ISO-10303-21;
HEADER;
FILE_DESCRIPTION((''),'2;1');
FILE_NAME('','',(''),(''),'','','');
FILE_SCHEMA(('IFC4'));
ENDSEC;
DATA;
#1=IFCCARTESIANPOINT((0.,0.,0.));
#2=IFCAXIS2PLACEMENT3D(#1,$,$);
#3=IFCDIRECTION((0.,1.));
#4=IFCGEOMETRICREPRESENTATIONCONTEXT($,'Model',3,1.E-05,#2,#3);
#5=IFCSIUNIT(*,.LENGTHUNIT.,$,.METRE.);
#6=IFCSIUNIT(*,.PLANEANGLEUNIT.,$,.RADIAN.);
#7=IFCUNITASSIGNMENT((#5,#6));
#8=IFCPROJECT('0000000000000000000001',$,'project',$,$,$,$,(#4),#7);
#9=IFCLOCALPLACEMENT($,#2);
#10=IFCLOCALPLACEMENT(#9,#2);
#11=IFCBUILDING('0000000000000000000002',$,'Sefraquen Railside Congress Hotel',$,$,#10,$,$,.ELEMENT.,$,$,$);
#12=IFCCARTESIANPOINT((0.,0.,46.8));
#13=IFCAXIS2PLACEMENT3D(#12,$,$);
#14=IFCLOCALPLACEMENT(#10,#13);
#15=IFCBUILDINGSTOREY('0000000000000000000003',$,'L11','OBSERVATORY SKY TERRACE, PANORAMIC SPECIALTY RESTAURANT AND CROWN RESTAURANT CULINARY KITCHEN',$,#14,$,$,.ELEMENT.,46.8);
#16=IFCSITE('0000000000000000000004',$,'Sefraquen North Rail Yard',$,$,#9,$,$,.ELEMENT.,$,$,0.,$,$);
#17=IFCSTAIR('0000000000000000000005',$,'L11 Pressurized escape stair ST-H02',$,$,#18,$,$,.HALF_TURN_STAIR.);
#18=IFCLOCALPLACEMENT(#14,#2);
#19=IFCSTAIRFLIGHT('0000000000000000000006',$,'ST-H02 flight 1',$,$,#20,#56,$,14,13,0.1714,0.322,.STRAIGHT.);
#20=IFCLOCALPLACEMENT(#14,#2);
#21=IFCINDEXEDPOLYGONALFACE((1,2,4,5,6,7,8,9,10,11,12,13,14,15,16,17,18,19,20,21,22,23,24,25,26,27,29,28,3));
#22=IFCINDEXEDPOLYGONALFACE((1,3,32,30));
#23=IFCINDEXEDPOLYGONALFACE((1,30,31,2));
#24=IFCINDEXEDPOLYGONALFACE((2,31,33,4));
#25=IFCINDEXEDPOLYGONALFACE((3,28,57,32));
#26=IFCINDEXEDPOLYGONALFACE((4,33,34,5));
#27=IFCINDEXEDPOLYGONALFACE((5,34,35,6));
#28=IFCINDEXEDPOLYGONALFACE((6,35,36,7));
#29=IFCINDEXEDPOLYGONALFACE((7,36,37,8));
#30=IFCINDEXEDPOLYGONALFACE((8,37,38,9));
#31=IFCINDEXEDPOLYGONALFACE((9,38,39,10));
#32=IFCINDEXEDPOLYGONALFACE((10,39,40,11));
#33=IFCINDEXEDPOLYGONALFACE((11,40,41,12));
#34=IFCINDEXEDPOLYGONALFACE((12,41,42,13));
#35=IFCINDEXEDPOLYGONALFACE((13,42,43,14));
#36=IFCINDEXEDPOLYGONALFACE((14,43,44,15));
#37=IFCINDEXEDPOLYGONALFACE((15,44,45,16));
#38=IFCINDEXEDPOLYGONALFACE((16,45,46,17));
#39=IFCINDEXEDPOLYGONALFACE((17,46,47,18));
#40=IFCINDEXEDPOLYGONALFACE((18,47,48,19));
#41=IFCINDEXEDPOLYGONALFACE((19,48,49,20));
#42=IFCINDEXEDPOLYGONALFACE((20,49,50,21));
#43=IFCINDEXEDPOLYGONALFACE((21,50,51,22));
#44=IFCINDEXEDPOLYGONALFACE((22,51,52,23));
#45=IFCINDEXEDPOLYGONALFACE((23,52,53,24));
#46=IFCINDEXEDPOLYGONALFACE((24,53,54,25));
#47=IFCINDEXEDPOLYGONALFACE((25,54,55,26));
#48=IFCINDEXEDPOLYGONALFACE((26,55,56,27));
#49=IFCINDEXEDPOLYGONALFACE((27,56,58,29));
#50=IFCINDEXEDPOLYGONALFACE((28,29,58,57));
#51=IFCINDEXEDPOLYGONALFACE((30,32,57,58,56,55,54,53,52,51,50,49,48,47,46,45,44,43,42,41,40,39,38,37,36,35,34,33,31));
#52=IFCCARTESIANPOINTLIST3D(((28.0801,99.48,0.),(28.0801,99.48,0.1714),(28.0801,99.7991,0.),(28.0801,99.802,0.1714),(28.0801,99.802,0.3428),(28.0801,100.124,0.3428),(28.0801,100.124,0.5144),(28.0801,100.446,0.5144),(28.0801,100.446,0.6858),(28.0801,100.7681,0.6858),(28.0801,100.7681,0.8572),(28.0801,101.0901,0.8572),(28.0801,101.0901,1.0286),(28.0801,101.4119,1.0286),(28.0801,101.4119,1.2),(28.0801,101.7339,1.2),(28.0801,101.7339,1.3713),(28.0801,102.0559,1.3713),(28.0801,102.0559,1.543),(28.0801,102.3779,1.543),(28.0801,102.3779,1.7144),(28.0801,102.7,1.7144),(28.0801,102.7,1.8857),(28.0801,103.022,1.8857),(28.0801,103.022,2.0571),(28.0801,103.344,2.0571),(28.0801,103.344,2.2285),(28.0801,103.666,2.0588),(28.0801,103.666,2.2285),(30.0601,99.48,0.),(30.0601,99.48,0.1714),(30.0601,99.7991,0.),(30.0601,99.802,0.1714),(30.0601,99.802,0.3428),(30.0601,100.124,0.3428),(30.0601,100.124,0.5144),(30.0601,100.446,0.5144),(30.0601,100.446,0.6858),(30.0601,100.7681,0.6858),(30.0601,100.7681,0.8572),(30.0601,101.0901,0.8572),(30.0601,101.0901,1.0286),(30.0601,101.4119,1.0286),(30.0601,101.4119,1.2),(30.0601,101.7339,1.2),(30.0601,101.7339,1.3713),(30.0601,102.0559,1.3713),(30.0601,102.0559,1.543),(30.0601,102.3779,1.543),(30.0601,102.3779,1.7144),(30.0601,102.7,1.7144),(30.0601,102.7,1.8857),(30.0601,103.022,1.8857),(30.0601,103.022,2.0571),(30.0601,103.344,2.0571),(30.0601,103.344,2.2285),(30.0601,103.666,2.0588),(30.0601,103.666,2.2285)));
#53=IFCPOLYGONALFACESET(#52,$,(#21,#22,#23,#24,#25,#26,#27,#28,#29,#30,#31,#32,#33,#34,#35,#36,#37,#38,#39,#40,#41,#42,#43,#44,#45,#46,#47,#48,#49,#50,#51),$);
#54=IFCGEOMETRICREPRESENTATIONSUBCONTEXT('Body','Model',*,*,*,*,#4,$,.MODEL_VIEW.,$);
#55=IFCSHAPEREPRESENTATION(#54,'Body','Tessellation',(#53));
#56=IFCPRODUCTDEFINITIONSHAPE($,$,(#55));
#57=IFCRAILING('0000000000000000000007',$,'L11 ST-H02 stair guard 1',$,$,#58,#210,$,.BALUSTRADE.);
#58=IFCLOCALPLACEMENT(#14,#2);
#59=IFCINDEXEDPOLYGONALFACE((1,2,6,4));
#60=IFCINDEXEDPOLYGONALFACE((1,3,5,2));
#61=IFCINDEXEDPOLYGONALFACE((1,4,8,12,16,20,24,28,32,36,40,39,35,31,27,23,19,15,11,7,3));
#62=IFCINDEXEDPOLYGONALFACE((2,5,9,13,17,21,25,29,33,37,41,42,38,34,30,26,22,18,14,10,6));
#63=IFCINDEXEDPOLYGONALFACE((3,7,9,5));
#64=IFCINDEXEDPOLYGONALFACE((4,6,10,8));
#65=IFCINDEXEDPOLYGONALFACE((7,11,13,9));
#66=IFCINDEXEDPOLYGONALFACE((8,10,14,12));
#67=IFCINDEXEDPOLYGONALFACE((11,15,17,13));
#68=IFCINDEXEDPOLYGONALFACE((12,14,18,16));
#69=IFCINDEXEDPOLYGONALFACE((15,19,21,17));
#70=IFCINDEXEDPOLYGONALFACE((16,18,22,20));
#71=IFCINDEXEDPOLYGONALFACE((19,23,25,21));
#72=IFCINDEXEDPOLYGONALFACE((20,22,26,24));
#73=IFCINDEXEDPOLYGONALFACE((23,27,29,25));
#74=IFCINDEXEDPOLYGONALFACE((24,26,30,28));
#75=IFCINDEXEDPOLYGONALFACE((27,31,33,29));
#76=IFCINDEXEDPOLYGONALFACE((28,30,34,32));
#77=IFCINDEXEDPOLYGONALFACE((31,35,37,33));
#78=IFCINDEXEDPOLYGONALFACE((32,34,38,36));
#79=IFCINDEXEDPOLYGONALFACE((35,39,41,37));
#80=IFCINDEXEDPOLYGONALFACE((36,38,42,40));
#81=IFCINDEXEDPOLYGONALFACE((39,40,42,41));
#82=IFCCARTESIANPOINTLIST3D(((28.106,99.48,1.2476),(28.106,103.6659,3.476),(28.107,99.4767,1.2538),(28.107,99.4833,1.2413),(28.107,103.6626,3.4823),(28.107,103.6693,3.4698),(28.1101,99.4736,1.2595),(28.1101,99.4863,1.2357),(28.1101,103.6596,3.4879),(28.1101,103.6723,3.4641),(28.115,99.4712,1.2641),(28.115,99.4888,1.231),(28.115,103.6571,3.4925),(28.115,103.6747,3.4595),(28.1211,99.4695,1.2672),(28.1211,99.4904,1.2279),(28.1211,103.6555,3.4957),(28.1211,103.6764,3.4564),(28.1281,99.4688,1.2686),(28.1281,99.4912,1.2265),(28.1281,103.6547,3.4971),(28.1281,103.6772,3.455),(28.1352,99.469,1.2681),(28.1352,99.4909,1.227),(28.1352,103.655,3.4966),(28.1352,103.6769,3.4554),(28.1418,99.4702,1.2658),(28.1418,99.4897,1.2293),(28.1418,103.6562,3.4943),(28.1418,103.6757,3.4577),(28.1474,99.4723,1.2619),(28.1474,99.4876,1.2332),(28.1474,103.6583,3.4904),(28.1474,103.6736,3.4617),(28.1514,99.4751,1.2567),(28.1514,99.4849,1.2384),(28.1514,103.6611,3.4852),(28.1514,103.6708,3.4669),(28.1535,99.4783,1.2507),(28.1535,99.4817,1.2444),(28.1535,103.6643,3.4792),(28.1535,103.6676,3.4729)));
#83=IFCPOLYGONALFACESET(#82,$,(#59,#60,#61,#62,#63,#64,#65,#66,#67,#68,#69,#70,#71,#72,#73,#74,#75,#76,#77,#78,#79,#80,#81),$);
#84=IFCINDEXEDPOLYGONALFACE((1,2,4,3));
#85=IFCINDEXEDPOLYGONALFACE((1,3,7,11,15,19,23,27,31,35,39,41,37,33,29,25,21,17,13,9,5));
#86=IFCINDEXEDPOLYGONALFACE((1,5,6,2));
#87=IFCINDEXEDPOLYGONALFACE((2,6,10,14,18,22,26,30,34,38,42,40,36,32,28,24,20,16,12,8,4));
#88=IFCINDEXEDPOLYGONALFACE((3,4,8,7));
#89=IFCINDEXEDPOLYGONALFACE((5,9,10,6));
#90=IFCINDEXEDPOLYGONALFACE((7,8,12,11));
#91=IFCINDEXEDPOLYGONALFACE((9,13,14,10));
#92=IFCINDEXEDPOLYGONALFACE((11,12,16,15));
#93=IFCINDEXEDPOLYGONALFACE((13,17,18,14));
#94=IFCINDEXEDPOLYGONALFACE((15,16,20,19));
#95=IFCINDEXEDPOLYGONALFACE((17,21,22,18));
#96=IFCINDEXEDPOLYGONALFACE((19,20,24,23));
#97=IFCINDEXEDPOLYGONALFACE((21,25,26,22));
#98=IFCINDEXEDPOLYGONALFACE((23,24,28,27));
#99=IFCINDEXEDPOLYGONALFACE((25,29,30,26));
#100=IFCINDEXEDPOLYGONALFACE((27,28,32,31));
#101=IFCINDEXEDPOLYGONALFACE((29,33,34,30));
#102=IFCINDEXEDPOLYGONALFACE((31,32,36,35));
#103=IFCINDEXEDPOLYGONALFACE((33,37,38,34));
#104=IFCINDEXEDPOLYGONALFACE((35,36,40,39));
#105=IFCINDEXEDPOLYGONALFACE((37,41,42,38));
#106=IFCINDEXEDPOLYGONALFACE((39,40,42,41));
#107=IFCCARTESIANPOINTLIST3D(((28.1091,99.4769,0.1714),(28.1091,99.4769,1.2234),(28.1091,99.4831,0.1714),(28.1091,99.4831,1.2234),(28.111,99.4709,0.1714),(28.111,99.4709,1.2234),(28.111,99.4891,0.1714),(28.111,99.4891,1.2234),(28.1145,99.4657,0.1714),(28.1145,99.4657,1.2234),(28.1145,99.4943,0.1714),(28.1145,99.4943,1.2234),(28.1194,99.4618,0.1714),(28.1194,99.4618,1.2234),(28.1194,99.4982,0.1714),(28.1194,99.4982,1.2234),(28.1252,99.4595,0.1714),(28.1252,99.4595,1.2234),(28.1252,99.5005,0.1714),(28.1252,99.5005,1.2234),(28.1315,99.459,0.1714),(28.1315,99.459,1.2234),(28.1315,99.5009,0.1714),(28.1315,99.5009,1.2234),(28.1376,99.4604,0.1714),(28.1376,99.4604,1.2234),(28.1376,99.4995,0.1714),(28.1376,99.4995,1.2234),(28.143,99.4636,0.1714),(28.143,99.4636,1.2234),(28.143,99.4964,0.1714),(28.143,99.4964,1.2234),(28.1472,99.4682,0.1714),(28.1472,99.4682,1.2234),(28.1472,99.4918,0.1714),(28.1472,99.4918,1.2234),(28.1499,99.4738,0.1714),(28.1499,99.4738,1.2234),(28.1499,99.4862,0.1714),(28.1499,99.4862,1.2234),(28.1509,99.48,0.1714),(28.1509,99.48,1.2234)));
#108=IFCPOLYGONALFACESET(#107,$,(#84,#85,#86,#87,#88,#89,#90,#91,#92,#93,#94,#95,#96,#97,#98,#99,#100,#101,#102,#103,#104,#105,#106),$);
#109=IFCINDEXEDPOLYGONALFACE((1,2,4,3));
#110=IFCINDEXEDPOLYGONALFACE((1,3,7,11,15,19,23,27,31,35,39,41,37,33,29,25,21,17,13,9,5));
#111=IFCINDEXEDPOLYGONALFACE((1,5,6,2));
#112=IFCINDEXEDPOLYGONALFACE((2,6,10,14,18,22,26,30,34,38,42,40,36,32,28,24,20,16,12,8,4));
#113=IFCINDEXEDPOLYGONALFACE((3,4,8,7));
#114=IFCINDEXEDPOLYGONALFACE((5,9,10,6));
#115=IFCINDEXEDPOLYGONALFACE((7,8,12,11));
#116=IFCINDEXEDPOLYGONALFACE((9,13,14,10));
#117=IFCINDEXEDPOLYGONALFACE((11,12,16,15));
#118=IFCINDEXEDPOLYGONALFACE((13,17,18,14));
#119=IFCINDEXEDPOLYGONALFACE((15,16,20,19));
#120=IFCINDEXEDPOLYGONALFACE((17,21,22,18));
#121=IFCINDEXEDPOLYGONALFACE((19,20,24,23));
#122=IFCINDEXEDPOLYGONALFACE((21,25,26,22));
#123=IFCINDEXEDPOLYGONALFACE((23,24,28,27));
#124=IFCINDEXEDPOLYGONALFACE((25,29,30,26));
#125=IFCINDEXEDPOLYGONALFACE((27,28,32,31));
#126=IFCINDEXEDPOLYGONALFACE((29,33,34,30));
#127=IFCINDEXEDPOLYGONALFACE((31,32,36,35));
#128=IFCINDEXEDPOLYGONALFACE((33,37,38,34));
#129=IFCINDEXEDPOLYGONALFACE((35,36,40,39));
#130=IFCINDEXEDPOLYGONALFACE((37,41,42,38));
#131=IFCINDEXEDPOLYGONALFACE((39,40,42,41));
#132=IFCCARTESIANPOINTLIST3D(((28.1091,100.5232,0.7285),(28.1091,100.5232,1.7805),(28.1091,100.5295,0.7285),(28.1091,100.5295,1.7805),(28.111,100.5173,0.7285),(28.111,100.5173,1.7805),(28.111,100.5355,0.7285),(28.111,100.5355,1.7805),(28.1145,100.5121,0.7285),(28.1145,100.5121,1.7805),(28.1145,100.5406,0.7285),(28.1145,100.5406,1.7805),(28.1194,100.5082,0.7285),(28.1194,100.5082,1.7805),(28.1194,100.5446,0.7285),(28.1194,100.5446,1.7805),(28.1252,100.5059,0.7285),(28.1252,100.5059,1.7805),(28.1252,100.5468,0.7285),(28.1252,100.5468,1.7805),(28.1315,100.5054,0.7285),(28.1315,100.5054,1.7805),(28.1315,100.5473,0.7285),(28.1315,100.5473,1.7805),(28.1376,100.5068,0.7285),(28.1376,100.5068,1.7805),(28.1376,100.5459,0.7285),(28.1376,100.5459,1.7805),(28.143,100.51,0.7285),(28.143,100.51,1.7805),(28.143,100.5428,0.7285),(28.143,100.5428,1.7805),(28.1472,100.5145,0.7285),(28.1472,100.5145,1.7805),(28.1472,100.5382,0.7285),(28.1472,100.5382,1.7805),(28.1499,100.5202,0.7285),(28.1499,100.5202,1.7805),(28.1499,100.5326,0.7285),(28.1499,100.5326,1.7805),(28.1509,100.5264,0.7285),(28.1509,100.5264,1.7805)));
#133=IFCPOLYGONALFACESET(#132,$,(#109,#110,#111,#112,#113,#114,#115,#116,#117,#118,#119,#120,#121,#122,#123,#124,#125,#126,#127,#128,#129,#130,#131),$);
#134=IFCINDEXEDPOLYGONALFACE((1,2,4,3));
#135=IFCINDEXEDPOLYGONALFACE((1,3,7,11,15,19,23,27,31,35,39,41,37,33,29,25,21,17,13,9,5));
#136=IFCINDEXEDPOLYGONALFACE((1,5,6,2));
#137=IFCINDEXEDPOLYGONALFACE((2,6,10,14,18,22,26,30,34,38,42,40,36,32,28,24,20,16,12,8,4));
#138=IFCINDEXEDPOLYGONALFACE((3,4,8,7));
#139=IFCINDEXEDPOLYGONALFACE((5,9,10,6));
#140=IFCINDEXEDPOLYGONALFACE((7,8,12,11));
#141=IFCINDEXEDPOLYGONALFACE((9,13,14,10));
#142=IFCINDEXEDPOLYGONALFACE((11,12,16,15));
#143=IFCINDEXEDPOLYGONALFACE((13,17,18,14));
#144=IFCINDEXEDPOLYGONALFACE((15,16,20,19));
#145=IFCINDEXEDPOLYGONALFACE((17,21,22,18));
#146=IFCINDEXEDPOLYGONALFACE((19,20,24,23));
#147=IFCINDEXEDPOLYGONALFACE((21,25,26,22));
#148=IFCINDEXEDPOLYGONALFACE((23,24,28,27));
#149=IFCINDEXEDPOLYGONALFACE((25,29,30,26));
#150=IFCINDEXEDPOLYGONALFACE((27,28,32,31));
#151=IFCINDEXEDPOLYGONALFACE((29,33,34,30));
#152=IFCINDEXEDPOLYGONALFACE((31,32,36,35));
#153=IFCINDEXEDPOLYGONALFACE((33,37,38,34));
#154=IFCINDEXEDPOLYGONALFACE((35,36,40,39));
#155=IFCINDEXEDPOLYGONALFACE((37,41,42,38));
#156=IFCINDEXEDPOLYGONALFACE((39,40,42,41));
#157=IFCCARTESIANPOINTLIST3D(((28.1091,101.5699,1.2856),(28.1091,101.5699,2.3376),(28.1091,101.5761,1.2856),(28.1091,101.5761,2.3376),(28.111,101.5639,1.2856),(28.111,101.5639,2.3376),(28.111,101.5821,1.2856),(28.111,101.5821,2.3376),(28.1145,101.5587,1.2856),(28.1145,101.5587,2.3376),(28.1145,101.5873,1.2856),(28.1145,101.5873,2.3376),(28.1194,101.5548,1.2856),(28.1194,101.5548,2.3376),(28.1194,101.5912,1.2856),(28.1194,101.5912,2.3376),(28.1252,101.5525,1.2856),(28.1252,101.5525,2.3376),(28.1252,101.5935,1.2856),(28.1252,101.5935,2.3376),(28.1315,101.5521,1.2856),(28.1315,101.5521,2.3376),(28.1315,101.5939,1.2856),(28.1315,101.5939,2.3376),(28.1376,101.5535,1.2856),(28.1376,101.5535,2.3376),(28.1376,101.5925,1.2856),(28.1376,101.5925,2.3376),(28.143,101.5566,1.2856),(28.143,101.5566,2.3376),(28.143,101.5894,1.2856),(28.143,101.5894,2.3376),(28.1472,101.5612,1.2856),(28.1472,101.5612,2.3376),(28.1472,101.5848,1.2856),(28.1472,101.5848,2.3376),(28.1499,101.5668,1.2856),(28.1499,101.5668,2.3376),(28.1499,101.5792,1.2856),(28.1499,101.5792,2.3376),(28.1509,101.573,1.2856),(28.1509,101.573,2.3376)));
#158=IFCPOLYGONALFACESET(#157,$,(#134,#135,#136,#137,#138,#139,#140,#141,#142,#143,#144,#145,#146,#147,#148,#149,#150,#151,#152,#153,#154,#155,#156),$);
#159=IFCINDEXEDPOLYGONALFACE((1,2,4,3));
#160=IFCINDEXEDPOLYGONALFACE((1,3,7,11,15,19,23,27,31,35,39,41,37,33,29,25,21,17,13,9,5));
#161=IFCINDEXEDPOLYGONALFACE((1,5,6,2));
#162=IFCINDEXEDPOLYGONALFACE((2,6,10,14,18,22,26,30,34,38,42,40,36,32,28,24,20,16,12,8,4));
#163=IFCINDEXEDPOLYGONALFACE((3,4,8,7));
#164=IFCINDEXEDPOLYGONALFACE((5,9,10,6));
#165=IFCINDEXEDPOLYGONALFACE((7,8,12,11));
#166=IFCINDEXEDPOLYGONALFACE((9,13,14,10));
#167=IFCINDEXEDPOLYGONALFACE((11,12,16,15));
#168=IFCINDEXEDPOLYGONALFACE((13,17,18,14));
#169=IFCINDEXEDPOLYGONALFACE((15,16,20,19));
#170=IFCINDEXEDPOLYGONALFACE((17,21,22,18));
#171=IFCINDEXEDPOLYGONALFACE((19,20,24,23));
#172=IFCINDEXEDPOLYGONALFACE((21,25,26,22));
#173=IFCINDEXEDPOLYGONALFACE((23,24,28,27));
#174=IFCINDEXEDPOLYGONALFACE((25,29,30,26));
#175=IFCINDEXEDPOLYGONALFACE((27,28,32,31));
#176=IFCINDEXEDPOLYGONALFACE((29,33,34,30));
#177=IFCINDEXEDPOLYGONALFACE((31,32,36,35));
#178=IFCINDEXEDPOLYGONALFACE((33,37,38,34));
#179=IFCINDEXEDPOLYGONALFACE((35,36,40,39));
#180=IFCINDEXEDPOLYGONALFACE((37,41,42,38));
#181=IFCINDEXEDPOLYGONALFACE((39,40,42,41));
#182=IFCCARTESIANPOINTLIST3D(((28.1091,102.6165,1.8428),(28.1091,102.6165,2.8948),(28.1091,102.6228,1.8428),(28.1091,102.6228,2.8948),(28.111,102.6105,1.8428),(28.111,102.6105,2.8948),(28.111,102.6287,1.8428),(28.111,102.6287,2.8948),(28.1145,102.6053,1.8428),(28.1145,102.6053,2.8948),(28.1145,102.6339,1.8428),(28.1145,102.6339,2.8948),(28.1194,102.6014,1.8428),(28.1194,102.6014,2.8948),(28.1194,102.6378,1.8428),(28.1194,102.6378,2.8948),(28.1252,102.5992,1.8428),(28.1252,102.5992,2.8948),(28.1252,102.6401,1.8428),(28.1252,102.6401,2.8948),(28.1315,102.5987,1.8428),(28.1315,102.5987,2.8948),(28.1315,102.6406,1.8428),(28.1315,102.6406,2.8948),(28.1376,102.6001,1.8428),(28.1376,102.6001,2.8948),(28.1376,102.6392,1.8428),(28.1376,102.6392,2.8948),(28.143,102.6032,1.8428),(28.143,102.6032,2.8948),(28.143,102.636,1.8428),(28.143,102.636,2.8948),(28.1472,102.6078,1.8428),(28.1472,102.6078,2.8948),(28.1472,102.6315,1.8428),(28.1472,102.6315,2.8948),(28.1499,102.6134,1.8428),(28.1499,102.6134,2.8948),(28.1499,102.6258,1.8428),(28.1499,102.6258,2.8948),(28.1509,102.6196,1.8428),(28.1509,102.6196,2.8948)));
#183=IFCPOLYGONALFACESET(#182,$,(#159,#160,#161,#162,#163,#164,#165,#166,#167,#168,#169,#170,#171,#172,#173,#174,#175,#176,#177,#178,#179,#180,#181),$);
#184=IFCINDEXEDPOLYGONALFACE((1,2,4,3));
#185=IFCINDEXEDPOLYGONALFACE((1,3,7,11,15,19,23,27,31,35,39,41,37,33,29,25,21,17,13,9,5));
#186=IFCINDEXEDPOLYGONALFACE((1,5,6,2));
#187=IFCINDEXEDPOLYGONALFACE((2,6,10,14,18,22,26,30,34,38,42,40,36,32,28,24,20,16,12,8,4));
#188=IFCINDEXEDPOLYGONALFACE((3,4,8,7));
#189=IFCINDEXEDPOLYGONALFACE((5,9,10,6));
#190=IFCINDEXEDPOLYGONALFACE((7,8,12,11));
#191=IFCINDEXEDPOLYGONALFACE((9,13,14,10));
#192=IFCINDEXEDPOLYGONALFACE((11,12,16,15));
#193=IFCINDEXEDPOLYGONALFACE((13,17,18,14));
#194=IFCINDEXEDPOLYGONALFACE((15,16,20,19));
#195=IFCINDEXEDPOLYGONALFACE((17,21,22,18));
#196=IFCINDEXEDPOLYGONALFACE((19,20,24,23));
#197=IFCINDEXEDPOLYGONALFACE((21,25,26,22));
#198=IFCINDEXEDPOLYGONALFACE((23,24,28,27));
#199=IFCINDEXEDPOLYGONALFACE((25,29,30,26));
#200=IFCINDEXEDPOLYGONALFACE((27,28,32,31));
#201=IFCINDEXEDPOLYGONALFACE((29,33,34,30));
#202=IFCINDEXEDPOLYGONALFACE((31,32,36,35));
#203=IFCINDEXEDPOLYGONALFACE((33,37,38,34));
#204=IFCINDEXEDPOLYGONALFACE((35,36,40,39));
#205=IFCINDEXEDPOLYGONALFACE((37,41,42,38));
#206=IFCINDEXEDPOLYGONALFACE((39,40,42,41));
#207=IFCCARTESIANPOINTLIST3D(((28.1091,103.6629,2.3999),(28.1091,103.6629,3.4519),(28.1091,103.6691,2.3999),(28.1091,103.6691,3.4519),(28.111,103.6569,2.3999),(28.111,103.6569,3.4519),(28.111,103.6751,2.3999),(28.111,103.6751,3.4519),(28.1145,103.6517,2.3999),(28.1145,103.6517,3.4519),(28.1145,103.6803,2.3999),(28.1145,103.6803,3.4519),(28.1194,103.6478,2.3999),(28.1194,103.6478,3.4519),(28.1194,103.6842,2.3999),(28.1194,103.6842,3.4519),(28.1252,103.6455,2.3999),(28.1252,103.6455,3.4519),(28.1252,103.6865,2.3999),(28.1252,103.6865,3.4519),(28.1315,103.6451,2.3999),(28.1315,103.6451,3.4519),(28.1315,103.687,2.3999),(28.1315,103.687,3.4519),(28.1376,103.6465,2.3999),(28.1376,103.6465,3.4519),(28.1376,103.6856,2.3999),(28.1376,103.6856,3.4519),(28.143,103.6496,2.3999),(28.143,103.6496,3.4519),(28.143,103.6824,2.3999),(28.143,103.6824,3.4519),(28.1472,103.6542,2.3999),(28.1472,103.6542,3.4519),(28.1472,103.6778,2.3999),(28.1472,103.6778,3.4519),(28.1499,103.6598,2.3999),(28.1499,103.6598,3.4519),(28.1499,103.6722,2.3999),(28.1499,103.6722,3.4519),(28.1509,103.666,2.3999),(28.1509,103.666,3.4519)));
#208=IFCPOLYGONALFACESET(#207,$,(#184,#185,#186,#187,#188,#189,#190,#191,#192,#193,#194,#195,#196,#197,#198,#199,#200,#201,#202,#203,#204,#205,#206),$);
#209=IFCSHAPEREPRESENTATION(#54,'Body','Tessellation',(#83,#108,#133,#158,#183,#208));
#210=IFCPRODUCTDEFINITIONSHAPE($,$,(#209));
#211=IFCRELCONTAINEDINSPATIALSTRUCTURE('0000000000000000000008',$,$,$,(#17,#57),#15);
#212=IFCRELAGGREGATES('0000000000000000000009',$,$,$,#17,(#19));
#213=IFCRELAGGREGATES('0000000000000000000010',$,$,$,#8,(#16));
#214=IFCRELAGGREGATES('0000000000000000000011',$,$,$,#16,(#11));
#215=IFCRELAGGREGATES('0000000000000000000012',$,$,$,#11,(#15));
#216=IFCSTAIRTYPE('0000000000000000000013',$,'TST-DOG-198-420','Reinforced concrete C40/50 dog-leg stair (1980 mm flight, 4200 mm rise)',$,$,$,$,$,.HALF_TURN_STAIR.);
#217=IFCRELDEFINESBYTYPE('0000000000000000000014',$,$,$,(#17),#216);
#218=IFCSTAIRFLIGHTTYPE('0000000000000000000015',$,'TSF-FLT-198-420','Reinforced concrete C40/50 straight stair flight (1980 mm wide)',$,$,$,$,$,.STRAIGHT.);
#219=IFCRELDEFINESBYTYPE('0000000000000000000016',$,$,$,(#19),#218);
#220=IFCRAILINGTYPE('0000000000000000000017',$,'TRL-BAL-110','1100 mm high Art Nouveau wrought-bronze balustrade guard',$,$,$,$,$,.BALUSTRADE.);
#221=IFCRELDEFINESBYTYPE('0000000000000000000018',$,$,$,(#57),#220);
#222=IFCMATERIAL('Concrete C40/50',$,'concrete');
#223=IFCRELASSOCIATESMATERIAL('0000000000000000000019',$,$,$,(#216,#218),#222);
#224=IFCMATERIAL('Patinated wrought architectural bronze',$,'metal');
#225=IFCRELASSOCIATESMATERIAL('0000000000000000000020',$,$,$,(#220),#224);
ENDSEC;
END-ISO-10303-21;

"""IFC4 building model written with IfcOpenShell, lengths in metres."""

from ifc_helpers import new_model, si_unit, direction, frame, origin, origin_2d, place, context, subcontext, project, spatial, polyline, circle, outline, extrude, material, type_object, element, aggregate, save


model = new_model("IFC4")

# Units and contexts
model_context = context("Model", 3, precision=1e-05, world=origin(), true_north=direction((0.0, 1.0)))
body_context = subcontext(model_context, "Body", "Model", "MODEL_VIEW")
ifc_project = project(units=[si_unit("LENGTHUNIT", "METRE"), si_unit("PLANEANGLEUNIT", "RADIAN")], contexts=[model_context])

# Site, building, storey
site_placement = place(None, origin())
site = spatial("IfcSite", under=ifc_project, at=site_placement, Name="Sefraquen North Rail Yard", CompositionType="ELEMENT", RefElevation=0.0)
building_placement = place(site_placement, origin())
building = spatial("IfcBuilding", under=site, at=building_placement, Name="Sefraquen Railside Congress Hotel", CompositionType="ELEMENT")
storey_placement = place(building_placement, frame((0.0, 0.0, 46.8)))
storey = spatial("IfcBuildingStorey", under=building, at=storey_placement, Name="L11", Description="OBSERVATORY SKY TERRACE, PANORAMIC SPECIALTY RESTAURANT AND CROWN RESTAURANT CULINARY KITCHEN", CompositionType="ELEMENT", Elevation=46.8)

# Shared definitions
ifc_material_1 = material(Name="Concrete C40/50", Category="concrete")

# Stair, stair flight
stair_type = type_object("IfcStairType", Name="TST-DOG-198-420", Description="Reinforced concrete C40/50 dog-leg stair (1980 mm flight, 4200 mm rise)", PredefinedType="HALF_TURN_STAIR", material=ifc_material_1)
stair_placement = place(storey_placement, origin())
stair = element("IfcStair", 1, at=stair_placement, inside=storey, type_object=stair_type, Name="L11 Pressurized escape stair ST-H02", PredefinedType="HALF_TURN_STAIR")
stair_flight_type = type_object("IfcStairFlightType", Name="TSF-FLT-198-420", Description="Reinforced concrete C40/50 straight stair flight (1980 mm wide)", PredefinedType="STRAIGHT", material=ifc_material_1)
stair_flight_placement = place(storey_placement, frame((29.0701, 99.48, 0.0), z_axis=(0.0, 0.0, 1.0), x_axis=(0.0, 1.0, 0.0)))
stair_flight = element("IfcStairFlight", 2, at=stair_flight_placement, type_object=stair_flight_type, Name="ST-H02 flight 1", NumberOfRisers=14, NumberOfTreads=13, PredefinedType="STRAIGHT", RiserHeight=0.1714, TreadLength=0.322, context=body_context, shape_type="SweptSolid", body=[
    extrude(outline(polyline([(0.0, 0.0), (0.0, 0.1714), (0.322, 0.1714), (0.322, 0.3428), (0.644, 0.3428), (0.644, 0.5144), (0.9661, 0.5144), (0.9661, 0.6858), (1.2881, 0.6858), (1.2881, 0.8572), (1.6101, 0.8572), (1.6101, 1.0286), (1.9319, 1.0286), (1.9319, 1.2), (2.2539, 1.2), (2.2539, 1.3713), (2.5759, 1.3713), (2.5759, 1.543), (2.8979, 1.543), (2.8979, 1.7144), (3.22, 1.7144), (3.22, 1.8857), (3.542, 1.8857), (3.542, 2.0571), (3.864, 2.0571), (3.864, 2.2285), (4.186, 2.2285), (4.186, 2.3999), (4.186, 2.0588), (0.3191, 0.0), (0.0, 0.0)])), frame((0.0, 0.99, 0.0), z_axis=(0.0, -1.0, 0.0), x_axis=(1.0, 0.0, 0.0)), (0.0, 0.0, 1.0), 1.98),
])
aggregate(stair, [stair_flight])

# Railing
ifc_material_2 = material(Name="Patinated wrought architectural bronze", Category="metal")
railing_type_1 = type_object("IfcRailingType", Name="TRL-BAL-110", Description="1100 mm high Art Nouveau wrought-bronze balustrade guard", PredefinedType="BALUSTRADE", material=ifc_material_2)
railing_1_placement = place(storey_placement, frame((28.1299, 99.48, 0.1714)))
element("IfcRailing", 3, at=railing_1_placement, inside=storey, type_object=railing_type_1, Name="L11 ST-H02 stair guard 1", PredefinedType="BALUSTRADE", context=body_context, shape_type="SweptSolid", body=[
    extrude(circle(Radius=0.0239, at=origin_2d()), frame((0.0, 0.0, 1.0762), z_axis=(0.0, 0.882706, 0.469925), x_axis=(-1.0, 0.0, 0.0)), (0.0, 0.0, 1.0), 4.7422),
    extrude(circle(Radius=0.021, at=origin_2d()), origin(), (0.0, 0.0, 1.0), 1.052),
    extrude(circle(Radius=0.021, at=origin_2d()), frame((0.0, 1.0464, 0.5571)), (0.0, 0.0, 1.0), 1.052),
    extrude(circle(Radius=0.021, at=origin_2d()), frame((0.0, 2.093, 1.1143)), (0.0, 0.0, 1.0), 1.052),
    extrude(circle(Radius=0.021, at=origin_2d()), frame((0.0, 3.1396, 1.6714)), (0.0, 0.0, 1.0), 1.052),
    extrude(circle(Radius=0.021, at=origin_2d()), frame((0.0, 4.186, 2.2285)), (0.0, 0.0, 1.0), 1.052),
])

save(model, "model.ifc")
